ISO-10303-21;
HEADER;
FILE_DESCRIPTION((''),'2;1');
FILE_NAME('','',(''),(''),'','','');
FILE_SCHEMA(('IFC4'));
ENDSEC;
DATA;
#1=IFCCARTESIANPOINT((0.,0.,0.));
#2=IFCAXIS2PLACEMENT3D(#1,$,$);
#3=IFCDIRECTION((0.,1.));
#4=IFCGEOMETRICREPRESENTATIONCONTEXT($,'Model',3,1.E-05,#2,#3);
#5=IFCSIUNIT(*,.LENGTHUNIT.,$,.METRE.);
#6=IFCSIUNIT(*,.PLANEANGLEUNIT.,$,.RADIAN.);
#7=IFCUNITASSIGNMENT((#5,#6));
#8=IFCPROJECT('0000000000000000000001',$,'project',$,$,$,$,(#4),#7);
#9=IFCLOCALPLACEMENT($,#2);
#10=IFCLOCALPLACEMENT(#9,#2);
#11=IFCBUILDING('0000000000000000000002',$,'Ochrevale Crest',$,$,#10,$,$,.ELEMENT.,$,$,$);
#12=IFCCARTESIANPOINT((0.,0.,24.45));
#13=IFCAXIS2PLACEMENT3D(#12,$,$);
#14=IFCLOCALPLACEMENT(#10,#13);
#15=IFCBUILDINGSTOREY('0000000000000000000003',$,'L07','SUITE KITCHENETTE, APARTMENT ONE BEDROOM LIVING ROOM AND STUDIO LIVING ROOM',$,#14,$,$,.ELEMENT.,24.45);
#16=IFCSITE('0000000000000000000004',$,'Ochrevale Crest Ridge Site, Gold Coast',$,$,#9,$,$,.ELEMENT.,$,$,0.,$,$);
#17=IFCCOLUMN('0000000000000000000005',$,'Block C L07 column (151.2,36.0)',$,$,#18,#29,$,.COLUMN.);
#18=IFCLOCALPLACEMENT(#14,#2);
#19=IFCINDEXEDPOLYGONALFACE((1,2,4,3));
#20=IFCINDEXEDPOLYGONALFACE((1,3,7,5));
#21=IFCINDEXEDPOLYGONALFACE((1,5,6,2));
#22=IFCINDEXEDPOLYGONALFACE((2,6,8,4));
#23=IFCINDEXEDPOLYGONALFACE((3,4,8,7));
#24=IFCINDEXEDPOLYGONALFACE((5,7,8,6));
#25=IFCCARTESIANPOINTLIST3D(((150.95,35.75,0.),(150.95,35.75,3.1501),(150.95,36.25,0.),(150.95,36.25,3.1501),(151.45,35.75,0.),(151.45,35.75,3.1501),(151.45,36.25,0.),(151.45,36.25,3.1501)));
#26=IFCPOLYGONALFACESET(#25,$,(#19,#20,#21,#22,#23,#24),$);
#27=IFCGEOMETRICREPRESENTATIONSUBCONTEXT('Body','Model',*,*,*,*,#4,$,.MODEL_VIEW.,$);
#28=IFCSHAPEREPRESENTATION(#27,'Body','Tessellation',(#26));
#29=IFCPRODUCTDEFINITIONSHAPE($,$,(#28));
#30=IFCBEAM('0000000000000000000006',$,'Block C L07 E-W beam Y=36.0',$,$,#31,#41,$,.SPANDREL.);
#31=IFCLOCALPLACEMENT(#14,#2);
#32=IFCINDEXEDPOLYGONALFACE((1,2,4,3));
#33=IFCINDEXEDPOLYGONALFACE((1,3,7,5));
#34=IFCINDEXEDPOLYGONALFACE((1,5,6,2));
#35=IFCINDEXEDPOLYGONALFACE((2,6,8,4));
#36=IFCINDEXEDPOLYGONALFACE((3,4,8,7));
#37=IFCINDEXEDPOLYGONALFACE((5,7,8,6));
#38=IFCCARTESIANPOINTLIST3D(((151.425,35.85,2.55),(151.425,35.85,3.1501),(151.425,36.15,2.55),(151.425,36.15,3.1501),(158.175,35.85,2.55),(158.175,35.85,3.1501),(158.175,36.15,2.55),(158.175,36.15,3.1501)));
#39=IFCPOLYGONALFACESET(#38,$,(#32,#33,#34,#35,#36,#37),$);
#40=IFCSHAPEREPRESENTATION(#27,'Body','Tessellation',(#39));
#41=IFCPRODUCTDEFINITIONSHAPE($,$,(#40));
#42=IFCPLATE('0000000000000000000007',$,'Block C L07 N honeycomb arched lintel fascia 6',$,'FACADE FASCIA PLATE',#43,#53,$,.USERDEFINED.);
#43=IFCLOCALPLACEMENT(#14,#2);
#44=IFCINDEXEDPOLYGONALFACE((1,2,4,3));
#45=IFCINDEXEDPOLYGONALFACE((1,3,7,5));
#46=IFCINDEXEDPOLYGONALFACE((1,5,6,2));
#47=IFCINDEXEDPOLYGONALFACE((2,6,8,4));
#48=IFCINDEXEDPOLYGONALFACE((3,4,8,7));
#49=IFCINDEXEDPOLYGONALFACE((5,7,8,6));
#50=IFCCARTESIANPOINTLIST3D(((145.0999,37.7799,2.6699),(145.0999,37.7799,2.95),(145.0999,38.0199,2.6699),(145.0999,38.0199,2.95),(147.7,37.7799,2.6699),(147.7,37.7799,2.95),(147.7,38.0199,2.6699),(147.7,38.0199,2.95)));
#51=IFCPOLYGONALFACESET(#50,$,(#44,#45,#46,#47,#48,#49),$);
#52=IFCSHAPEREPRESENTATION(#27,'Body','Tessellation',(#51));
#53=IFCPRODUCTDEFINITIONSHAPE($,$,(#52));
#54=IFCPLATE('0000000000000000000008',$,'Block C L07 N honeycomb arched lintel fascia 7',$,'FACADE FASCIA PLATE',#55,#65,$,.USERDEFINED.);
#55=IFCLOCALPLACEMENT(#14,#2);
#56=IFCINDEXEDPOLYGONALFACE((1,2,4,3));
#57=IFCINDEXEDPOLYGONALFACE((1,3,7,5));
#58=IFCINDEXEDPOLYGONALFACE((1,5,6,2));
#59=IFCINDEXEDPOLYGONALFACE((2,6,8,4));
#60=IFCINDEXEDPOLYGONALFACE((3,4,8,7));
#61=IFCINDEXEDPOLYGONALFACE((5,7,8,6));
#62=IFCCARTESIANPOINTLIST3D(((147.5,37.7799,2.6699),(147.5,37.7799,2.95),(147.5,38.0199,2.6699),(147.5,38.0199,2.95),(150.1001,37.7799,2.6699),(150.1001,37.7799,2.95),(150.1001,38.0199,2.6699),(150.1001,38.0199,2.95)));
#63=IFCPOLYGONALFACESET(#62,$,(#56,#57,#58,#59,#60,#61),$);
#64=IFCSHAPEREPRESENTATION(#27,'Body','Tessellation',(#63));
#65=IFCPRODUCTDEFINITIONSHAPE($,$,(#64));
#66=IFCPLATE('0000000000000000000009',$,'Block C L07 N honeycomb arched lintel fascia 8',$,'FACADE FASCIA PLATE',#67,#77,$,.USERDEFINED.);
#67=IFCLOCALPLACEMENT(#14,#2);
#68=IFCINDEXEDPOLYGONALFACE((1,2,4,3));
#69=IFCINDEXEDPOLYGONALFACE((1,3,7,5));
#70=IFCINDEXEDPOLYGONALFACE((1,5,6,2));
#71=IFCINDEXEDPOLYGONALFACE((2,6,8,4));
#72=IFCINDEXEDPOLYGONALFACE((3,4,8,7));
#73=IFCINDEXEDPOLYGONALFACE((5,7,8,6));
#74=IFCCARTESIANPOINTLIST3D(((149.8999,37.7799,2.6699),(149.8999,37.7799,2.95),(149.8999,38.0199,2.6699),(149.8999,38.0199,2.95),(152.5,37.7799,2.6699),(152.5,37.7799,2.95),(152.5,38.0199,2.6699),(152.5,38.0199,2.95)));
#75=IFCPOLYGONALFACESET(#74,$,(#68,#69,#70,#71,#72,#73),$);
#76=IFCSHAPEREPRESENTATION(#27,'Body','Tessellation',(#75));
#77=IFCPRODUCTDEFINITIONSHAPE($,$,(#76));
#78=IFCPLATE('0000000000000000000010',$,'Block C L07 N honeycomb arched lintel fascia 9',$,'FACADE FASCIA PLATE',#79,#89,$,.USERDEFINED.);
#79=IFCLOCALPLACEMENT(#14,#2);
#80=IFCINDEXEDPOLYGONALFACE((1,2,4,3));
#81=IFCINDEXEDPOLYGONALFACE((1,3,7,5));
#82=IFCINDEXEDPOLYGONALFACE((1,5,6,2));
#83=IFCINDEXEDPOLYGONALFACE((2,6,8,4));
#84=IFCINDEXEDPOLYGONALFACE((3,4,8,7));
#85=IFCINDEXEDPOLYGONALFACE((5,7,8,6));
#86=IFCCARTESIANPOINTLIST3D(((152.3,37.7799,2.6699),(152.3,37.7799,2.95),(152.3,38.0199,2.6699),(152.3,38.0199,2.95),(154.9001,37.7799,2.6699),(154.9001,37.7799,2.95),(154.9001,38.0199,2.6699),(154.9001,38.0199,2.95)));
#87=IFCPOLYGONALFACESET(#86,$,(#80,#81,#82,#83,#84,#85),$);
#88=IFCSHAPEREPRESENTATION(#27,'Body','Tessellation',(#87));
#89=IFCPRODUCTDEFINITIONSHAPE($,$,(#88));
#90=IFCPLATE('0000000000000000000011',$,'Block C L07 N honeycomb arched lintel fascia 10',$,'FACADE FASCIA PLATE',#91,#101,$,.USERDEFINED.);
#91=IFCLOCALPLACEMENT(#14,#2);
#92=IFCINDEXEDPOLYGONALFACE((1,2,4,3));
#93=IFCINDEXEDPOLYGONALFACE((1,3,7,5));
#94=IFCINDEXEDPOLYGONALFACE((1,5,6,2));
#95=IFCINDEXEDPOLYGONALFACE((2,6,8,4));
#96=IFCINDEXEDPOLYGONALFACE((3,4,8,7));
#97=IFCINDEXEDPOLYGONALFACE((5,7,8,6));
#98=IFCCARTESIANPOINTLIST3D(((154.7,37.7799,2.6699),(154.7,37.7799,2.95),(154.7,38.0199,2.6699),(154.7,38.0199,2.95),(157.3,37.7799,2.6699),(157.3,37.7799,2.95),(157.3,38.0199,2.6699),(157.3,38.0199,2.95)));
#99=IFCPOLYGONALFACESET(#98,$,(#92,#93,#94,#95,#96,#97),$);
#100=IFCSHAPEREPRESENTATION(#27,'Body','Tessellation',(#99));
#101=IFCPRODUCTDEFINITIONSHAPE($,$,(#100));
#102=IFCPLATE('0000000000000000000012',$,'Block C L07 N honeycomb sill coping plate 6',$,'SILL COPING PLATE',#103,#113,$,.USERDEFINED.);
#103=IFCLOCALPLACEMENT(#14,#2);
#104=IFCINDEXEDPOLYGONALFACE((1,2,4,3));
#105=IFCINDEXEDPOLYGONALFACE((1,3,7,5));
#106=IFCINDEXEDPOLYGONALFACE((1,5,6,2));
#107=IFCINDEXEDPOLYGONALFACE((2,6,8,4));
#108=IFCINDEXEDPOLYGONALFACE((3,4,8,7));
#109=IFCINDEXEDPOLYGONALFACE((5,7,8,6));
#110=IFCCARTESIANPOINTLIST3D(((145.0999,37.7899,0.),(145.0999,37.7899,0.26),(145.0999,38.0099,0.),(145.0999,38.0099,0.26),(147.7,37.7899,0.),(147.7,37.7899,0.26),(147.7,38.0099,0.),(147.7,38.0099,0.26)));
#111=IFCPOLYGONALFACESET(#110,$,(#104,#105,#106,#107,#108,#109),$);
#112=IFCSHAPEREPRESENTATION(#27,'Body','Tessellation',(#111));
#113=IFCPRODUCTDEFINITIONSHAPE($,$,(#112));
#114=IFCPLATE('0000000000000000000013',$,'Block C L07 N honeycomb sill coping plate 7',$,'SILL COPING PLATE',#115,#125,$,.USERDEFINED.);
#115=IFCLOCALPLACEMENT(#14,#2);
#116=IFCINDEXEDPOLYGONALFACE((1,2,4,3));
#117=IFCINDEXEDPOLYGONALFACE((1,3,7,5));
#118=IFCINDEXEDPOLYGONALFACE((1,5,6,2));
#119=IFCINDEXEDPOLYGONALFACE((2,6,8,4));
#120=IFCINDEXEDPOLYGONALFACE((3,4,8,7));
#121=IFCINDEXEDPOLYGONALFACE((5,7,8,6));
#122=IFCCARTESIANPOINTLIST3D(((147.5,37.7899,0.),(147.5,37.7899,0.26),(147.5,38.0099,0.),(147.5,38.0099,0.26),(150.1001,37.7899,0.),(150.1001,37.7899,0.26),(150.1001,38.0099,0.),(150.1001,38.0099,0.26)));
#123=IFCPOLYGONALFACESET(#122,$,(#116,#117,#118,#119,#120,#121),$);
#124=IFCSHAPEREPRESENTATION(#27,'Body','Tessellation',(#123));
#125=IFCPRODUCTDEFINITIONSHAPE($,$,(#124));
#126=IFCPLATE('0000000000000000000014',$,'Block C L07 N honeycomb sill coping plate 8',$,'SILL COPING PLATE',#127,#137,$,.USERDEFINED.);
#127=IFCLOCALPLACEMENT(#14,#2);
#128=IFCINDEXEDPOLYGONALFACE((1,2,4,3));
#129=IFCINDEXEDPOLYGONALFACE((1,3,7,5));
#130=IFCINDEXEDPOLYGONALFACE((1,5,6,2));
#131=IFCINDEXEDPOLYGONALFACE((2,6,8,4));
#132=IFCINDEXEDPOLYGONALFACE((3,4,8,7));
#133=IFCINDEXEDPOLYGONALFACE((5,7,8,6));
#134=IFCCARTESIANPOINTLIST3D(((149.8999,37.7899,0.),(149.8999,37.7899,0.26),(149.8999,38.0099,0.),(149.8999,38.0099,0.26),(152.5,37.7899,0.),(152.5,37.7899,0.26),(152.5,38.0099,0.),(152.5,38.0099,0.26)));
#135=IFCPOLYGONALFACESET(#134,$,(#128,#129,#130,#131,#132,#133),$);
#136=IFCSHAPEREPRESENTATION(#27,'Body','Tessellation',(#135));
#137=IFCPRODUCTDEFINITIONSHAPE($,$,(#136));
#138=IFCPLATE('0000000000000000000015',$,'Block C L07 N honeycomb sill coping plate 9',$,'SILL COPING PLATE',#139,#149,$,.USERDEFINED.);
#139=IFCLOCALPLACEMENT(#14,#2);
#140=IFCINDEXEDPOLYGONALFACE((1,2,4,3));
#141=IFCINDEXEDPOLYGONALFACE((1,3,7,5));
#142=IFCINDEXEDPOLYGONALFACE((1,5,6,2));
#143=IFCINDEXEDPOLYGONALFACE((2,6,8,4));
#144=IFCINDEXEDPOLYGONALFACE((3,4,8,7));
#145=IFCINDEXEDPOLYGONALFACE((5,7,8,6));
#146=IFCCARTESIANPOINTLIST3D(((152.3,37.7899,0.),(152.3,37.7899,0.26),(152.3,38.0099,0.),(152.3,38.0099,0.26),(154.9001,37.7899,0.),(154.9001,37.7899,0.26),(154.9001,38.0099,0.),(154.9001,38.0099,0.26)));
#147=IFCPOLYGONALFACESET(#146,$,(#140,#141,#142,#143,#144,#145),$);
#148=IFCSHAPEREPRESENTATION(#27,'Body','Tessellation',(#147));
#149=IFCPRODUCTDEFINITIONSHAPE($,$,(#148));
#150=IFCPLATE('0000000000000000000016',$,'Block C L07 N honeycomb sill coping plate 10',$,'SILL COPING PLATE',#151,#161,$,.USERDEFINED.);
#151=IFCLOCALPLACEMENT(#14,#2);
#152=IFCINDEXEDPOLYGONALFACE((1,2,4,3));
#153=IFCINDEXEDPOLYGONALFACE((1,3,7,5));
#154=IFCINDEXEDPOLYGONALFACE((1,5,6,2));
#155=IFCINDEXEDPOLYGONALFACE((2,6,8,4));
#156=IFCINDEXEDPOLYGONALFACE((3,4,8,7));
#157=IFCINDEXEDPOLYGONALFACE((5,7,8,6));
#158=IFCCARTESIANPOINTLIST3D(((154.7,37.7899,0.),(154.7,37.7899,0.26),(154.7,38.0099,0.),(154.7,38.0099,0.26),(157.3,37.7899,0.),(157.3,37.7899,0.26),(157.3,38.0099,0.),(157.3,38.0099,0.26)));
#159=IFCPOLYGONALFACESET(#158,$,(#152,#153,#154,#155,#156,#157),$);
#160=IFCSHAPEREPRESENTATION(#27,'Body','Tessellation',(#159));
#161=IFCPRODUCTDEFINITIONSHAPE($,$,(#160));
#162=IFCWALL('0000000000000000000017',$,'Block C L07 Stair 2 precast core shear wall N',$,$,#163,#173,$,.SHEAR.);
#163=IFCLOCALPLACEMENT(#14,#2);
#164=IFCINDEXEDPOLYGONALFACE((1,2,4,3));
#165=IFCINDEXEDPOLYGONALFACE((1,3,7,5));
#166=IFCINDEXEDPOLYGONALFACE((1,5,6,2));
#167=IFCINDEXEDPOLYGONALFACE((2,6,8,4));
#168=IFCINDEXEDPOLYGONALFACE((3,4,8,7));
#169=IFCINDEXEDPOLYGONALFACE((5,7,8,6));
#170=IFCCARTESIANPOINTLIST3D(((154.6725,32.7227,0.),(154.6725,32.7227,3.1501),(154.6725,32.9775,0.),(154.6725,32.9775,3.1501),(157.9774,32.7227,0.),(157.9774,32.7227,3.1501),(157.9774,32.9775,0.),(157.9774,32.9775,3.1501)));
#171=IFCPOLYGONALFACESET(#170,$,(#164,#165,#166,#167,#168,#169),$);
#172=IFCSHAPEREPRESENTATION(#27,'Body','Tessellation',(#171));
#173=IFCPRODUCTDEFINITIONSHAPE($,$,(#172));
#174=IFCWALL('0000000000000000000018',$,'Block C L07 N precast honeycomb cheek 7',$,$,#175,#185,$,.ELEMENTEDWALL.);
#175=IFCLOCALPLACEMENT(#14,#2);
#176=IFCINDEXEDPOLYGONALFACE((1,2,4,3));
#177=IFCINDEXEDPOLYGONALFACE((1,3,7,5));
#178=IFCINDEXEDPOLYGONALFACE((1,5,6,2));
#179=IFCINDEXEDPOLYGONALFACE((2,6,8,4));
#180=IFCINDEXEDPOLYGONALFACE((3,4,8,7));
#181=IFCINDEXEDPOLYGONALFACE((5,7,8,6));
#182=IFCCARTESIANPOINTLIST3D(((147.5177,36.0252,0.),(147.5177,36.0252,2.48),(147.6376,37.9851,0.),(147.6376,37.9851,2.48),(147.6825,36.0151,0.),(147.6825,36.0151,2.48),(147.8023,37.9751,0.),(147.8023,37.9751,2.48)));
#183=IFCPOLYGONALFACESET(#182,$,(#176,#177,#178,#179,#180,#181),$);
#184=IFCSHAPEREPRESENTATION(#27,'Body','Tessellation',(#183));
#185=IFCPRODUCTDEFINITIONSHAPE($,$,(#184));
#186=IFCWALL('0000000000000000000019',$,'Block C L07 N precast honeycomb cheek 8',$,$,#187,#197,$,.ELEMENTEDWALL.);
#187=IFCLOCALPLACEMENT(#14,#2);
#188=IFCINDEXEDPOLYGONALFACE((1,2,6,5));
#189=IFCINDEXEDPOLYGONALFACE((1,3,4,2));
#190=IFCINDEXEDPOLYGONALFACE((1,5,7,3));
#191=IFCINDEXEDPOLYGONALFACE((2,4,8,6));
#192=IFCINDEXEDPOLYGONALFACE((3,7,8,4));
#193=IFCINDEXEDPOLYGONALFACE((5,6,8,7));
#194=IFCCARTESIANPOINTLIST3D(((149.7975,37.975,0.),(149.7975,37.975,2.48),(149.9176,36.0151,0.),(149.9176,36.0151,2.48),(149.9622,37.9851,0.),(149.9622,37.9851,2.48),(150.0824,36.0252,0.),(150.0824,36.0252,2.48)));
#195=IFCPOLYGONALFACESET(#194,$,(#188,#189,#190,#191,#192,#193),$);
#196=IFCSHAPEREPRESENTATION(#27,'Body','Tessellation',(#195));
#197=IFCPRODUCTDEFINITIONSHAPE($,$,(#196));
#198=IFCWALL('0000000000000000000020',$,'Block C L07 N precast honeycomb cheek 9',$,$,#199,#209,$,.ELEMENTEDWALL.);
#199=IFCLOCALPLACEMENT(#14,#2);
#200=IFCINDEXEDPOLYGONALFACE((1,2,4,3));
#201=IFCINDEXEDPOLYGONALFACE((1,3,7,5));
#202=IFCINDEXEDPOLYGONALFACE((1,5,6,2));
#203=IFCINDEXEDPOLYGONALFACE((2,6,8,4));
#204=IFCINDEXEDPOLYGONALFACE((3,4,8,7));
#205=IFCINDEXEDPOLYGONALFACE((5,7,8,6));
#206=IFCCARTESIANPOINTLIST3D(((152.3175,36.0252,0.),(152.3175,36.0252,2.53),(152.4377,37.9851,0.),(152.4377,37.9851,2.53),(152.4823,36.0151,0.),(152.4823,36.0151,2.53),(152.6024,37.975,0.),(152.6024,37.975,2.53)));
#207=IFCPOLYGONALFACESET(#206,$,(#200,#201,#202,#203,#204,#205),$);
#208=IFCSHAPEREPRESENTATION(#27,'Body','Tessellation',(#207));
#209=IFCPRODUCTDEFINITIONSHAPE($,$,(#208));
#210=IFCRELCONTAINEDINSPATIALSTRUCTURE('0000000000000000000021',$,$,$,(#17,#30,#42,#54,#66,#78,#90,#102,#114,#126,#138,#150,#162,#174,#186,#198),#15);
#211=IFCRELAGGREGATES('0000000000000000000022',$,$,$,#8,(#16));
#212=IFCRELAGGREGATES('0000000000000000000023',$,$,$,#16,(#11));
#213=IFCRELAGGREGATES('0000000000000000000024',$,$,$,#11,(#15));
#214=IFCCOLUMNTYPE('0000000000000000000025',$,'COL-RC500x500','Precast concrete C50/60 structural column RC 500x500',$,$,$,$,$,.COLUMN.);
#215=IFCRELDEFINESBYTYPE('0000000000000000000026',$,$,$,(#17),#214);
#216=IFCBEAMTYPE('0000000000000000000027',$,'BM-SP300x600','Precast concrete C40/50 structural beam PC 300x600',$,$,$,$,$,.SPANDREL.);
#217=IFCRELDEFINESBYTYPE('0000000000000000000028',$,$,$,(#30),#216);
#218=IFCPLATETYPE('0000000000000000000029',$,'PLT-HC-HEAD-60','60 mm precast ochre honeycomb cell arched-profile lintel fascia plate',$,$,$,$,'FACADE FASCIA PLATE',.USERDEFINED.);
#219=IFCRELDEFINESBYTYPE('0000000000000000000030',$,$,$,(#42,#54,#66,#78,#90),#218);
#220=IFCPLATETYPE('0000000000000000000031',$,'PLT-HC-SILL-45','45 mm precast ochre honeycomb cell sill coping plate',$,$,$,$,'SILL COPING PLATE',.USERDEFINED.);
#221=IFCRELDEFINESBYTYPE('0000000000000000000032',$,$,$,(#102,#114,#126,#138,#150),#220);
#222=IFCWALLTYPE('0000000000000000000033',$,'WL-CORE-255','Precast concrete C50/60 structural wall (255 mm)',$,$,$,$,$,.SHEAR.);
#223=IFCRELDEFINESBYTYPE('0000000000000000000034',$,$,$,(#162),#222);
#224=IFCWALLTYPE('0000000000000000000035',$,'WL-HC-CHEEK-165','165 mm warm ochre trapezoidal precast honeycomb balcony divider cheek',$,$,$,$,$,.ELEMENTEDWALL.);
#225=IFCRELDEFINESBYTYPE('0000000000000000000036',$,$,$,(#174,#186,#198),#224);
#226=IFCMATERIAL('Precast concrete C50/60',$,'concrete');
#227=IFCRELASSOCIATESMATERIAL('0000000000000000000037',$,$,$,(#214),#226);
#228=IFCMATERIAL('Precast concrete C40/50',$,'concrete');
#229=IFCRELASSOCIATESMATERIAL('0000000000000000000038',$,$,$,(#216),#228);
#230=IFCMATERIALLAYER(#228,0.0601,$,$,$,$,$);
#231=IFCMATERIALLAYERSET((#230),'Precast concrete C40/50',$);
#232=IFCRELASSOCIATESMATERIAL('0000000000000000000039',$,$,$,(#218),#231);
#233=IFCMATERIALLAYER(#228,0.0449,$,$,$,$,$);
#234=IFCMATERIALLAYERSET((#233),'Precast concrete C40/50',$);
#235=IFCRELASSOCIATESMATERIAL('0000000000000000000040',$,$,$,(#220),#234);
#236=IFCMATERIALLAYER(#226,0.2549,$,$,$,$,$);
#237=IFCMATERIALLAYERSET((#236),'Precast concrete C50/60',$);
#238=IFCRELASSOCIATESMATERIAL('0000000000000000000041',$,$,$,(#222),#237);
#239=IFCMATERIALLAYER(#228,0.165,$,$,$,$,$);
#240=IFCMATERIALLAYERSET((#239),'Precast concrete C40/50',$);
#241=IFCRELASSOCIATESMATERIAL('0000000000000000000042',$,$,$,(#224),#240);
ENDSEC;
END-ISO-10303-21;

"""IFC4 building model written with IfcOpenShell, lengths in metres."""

from ifc_helpers import new_model, si_unit, direction, frame, frame_2d, origin, origin_2d, place, context, subcontext, project, spatial, rectangle, extrude, material, layer, layer_set, material_profile, profile_set, type_object, element, save


model = new_model("IFC4")

# Units and contexts
model_context = context("Model", 3, precision=1e-05, world=origin(), true_north=direction((0.0, 1.0)))
body_context = subcontext(model_context, "Body", "Model", "MODEL_VIEW")
ifc_project = project(units=[si_unit("LENGTHUNIT", "METRE"), si_unit("PLANEANGLEUNIT", "RADIAN")], contexts=[model_context])

# Site, building, storey
site_placement = place(None, origin())
site = spatial("IfcSite", under=ifc_project, at=site_placement, Name="Ochrevale Crest Ridge Site, Gold Coast", CompositionType="ELEMENT", RefElevation=0.0)
building_placement = place(site_placement, origin())
building = spatial("IfcBuilding", under=site, at=building_placement, Name="Ochrevale Crest", CompositionType="ELEMENT")
storey_placement = place(building_placement, frame((0.0, 0.0, 24.45)))
storey = spatial("IfcBuildingStorey", under=building, at=storey_placement, Name="L07", Description="SUITE KITCHENETTE, APARTMENT ONE BEDROOM LIVING ROOM AND STUDIO LIVING ROOM", CompositionType="ELEMENT", Elevation=24.45)

# Column
ifc_material_1 = material(Name="Precast concrete C50/60", Category="concrete")
ifc_material_profile_1 = material_profile(ifc_material_1, rectangle(XDim=0.5, YDim=0.5, at=origin_2d()), Name="RC 500x500")
ifc_profile_set_1 = profile_set([ifc_material_profile_1], Name="Precast concrete C50/60")
column_type = type_object("IfcColumnType", Name="COL-RC500x500", Description="Precast concrete C50/60 structural column RC 500x500", PredefinedType="COLUMN", material=ifc_profile_set_1)
column_placement = place(storey_placement, frame((151.2, 36.0, 0.0), z_axis=(0.0, 0.0, 1.0), x_axis=(1.0, 0.0, 0.0)))
element("IfcColumn", 1, at=column_placement, inside=storey, type_object=column_type, Name="Block C L07 column (151.2,36.0)", PredefinedType="COLUMN", context=body_context, shape_type="SweptSolid", body=[
    extrude(rectangle(XDim=0.5, YDim=0.5, at=origin_2d()), origin(), (0.0, 0.0, 1.0), 3.1501),
])

# Beam
ifc_material_2 = material(Name="Precast concrete C40/50", Category="concrete")
ifc_material_profile_2 = material_profile(ifc_material_2, rectangle(XDim=0.3, YDim=0.6001, at=origin_2d()), Name="PC 300x600")
ifc_profile_set_2 = profile_set([ifc_material_profile_2], Name="Precast concrete C40/50")
beam_type = type_object("IfcBeamType", Name="BM-SP300x600", Description="Precast concrete C40/50 structural beam PC 300x600", PredefinedType="SPANDREL", material=ifc_profile_set_2)
beam_placement = place(storey_placement, frame((151.425, 36.0, 2.8501), z_axis=(1.0, 0.0, 0.0), x_axis=(0.0, 1.0, 0.0)))
element("IfcBeam", 2, at=beam_placement, inside=storey, type_object=beam_type, Name="Block C L07 E-W beam Y=36.0", PredefinedType="SPANDREL", context=body_context, shape_type="SweptSolid", body=[
    extrude(rectangle(XDim=0.3, YDim=0.6001, at=origin_2d()), origin(), (0.0, 0.0, 1.0), 6.75),
])

# Plates
ifc_layer_1 = layer(ifc_material_2, 0.0601)
ifc_layer_set_1 = layer_set([ifc_layer_1], Name="Precast concrete C40/50")
plate_type_1 = type_object("IfcPlateType", Name="PLT-HC-HEAD-60", Description="60 mm precast ochre honeycomb cell arched-profile lintel fascia plate", ElementType="FACADE FASCIA PLATE", PredefinedType="USERDEFINED", material=ifc_layer_set_1)
for number, where, z_axis, x_axis, name in (
    (3, (146.3999, 37.8999, 2.6699), (0.0, 0.0, 1.0), (1.0, 0.0, 0.0), "Block C L07 N honeycomb arched lintel fascia 6"),
    (4, (148.8, 37.8999, 2.6699), (0.0, 0.0, 1.0), (1.0, 0.0, 0.0), "Block C L07 N honeycomb arched lintel fascia 7"),
    (5, (151.2, 37.8999, 2.6699), (0.0, 0.0, 1.0), (1.0, 0.0, 0.0), "Block C L07 N honeycomb arched lintel fascia 8"),
    (6, (153.6001, 37.8999, 2.6699), (0.0, 0.0, 1.0), (1.0, 0.0, 0.0), "Block C L07 N honeycomb arched lintel fascia 9"),
    (7, (156.0, 37.8999, 2.6699), (0.0, 0.0, 1.0), (1.0, 0.0, 0.0), "Block C L07 N honeycomb arched lintel fascia 10"),
):
    element("IfcPlate", number, at=place(storey_placement, frame(where, z_axis=z_axis, x_axis=x_axis)), inside=storey, type_object=plate_type_1, Name=name, ObjectType="FACADE FASCIA PLATE", PredefinedType="USERDEFINED", context=body_context, shape_type="SweptSolid", body=[
        extrude(rectangle(XDim=2.6001, YDim=0.24, at=origin_2d()), origin(), (0.0, 0.0, 1.0), 0.28),
    ])
ifc_layer_2 = layer(ifc_material_2, 0.0449)
ifc_layer_set_2 = layer_set([ifc_layer_2], Name="Precast concrete C40/50")
plate_type_2 = type_object("IfcPlateType", Name="PLT-HC-SILL-45", Description="45 mm precast ochre honeycomb cell sill coping plate", ElementType="SILL COPING PLATE", PredefinedType="USERDEFINED", material=ifc_layer_set_2)
for number, where, z_axis, x_axis, name in (
    (8, (146.3999, 37.8999, 0.0), (0.0, 0.0, 1.0), (1.0, 0.0, 0.0), "Block C L07 N honeycomb sill coping plate 6"),
    (9, (148.8, 37.8999, 0.0), (0.0, 0.0, 1.0), (1.0, 0.0, 0.0), "Block C L07 N honeycomb sill coping plate 7"),
    (10, (151.2, 37.8999, 0.0), (0.0, 0.0, 1.0), (1.0, 0.0, 0.0), "Block C L07 N honeycomb sill coping plate 8"),
    (11, (153.6001, 37.8999, 0.0), (0.0, 0.0, 1.0), (1.0, 0.0, 0.0), "Block C L07 N honeycomb sill coping plate 9"),
    (12, (156.0, 37.8999, 0.0), (0.0, 0.0, 1.0), (1.0, 0.0, 0.0), "Block C L07 N honeycomb sill coping plate 10"),
):
    element("IfcPlate", number, at=place(storey_placement, frame(where, z_axis=z_axis, x_axis=x_axis)), inside=storey, type_object=plate_type_2, Name=name, ObjectType="SILL COPING PLATE", PredefinedType="USERDEFINED", context=body_context, shape_type="SweptSolid", body=[
        extrude(rectangle(XDim=2.6001, YDim=0.22, at=origin_2d()), origin(), (0.0, 0.0, 1.0), 0.26),
    ])

# Walls
ifc_layer_3 = layer(ifc_material_1, 0.2549)
ifc_layer_set_3 = layer_set([ifc_layer_3], Name="Precast concrete C50/60")
wall_type_1 = type_object("IfcWallType", Name="WL-CORE-255", Description="Precast concrete C50/60 structural wall (255 mm)", PredefinedType="SHEAR", material=ifc_layer_set_3)
wall_1_placement = place(storey_placement, frame((154.6726, 32.8501, 0.0), z_axis=(0.0, 0.0, 1.0), x_axis=(1.0, 0.0, 0.0)))
element("IfcWall", 13, at=wall_1_placement, inside=storey, type_object=wall_type_1, Name="Block C L07 Stair 2 precast core shear wall N", PredefinedType="SHEAR", context=body_context, shape_type="SweptSolid", body=[
    extrude(rectangle(XDim=3.3049, YDim=0.2549, at=frame_2d((1.6523, 0.0))), origin(), (0.0, 0.0, 1.0), 3.1501),
])
ifc_layer_4 = layer(ifc_material_2, 0.165)
ifc_layer_set_4 = layer_set([ifc_layer_4], Name="Precast concrete C40/50")
wall_type_2 = type_object("IfcWallType", Name="WL-HC-CHEEK-165", Description="165 mm warm ochre trapezoidal precast honeycomb balcony divider cheek", PredefinedType="ELEMENTEDWALL", material=ifc_layer_set_4)
for number, where, z_axis, x_axis, name in (
    (14, (147.6001, 36.02, 0.0), (0.0, 0.0, 1.0), (0.061047, 0.998135, 0.0), "Block C L07 N precast honeycomb cheek 7"),
    (15, (150.0, 36.02, 0.0), (0.0, 0.0, 1.0), (-0.061171, 0.998127, 0.0), "Block C L07 N precast honeycomb cheek 8"),
):
    element("IfcWall", number, at=place(storey_placement, frame(where, z_axis=z_axis, x_axis=x_axis)), inside=storey, type_object=wall_type_2, Name=name, PredefinedType="ELEMENTEDWALL", context=body_context, shape_type="SweptSolid", body=[
        extrude(rectangle(XDim=1.9636, YDim=0.165, at=frame_2d((0.9819, 0.0))), origin(), (0.0, 0.0, 1.0), 2.48),
    ])
for number, where, z_axis, x_axis, name in (
    (16, (152.3999, 36.02, 0.0), (0.0, 0.0, 1.0), (0.061171, 0.998127, 0.0), "Block C L07 N precast honeycomb cheek 9"),
):
    element("IfcWall", number, at=place(storey_placement, frame(where, z_axis=z_axis, x_axis=x_axis)), inside=storey, type_object=wall_type_2, Name=name, PredefinedType="ELEMENTEDWALL", context=body_context, shape_type="SweptSolid", body=[
        extrude(rectangle(XDim=1.9636, YDim=0.165, at=frame_2d((0.9819, 0.0))), origin(), (0.0, 0.0, 1.0), 2.53),
    ])

save(model, "model.ifc")
